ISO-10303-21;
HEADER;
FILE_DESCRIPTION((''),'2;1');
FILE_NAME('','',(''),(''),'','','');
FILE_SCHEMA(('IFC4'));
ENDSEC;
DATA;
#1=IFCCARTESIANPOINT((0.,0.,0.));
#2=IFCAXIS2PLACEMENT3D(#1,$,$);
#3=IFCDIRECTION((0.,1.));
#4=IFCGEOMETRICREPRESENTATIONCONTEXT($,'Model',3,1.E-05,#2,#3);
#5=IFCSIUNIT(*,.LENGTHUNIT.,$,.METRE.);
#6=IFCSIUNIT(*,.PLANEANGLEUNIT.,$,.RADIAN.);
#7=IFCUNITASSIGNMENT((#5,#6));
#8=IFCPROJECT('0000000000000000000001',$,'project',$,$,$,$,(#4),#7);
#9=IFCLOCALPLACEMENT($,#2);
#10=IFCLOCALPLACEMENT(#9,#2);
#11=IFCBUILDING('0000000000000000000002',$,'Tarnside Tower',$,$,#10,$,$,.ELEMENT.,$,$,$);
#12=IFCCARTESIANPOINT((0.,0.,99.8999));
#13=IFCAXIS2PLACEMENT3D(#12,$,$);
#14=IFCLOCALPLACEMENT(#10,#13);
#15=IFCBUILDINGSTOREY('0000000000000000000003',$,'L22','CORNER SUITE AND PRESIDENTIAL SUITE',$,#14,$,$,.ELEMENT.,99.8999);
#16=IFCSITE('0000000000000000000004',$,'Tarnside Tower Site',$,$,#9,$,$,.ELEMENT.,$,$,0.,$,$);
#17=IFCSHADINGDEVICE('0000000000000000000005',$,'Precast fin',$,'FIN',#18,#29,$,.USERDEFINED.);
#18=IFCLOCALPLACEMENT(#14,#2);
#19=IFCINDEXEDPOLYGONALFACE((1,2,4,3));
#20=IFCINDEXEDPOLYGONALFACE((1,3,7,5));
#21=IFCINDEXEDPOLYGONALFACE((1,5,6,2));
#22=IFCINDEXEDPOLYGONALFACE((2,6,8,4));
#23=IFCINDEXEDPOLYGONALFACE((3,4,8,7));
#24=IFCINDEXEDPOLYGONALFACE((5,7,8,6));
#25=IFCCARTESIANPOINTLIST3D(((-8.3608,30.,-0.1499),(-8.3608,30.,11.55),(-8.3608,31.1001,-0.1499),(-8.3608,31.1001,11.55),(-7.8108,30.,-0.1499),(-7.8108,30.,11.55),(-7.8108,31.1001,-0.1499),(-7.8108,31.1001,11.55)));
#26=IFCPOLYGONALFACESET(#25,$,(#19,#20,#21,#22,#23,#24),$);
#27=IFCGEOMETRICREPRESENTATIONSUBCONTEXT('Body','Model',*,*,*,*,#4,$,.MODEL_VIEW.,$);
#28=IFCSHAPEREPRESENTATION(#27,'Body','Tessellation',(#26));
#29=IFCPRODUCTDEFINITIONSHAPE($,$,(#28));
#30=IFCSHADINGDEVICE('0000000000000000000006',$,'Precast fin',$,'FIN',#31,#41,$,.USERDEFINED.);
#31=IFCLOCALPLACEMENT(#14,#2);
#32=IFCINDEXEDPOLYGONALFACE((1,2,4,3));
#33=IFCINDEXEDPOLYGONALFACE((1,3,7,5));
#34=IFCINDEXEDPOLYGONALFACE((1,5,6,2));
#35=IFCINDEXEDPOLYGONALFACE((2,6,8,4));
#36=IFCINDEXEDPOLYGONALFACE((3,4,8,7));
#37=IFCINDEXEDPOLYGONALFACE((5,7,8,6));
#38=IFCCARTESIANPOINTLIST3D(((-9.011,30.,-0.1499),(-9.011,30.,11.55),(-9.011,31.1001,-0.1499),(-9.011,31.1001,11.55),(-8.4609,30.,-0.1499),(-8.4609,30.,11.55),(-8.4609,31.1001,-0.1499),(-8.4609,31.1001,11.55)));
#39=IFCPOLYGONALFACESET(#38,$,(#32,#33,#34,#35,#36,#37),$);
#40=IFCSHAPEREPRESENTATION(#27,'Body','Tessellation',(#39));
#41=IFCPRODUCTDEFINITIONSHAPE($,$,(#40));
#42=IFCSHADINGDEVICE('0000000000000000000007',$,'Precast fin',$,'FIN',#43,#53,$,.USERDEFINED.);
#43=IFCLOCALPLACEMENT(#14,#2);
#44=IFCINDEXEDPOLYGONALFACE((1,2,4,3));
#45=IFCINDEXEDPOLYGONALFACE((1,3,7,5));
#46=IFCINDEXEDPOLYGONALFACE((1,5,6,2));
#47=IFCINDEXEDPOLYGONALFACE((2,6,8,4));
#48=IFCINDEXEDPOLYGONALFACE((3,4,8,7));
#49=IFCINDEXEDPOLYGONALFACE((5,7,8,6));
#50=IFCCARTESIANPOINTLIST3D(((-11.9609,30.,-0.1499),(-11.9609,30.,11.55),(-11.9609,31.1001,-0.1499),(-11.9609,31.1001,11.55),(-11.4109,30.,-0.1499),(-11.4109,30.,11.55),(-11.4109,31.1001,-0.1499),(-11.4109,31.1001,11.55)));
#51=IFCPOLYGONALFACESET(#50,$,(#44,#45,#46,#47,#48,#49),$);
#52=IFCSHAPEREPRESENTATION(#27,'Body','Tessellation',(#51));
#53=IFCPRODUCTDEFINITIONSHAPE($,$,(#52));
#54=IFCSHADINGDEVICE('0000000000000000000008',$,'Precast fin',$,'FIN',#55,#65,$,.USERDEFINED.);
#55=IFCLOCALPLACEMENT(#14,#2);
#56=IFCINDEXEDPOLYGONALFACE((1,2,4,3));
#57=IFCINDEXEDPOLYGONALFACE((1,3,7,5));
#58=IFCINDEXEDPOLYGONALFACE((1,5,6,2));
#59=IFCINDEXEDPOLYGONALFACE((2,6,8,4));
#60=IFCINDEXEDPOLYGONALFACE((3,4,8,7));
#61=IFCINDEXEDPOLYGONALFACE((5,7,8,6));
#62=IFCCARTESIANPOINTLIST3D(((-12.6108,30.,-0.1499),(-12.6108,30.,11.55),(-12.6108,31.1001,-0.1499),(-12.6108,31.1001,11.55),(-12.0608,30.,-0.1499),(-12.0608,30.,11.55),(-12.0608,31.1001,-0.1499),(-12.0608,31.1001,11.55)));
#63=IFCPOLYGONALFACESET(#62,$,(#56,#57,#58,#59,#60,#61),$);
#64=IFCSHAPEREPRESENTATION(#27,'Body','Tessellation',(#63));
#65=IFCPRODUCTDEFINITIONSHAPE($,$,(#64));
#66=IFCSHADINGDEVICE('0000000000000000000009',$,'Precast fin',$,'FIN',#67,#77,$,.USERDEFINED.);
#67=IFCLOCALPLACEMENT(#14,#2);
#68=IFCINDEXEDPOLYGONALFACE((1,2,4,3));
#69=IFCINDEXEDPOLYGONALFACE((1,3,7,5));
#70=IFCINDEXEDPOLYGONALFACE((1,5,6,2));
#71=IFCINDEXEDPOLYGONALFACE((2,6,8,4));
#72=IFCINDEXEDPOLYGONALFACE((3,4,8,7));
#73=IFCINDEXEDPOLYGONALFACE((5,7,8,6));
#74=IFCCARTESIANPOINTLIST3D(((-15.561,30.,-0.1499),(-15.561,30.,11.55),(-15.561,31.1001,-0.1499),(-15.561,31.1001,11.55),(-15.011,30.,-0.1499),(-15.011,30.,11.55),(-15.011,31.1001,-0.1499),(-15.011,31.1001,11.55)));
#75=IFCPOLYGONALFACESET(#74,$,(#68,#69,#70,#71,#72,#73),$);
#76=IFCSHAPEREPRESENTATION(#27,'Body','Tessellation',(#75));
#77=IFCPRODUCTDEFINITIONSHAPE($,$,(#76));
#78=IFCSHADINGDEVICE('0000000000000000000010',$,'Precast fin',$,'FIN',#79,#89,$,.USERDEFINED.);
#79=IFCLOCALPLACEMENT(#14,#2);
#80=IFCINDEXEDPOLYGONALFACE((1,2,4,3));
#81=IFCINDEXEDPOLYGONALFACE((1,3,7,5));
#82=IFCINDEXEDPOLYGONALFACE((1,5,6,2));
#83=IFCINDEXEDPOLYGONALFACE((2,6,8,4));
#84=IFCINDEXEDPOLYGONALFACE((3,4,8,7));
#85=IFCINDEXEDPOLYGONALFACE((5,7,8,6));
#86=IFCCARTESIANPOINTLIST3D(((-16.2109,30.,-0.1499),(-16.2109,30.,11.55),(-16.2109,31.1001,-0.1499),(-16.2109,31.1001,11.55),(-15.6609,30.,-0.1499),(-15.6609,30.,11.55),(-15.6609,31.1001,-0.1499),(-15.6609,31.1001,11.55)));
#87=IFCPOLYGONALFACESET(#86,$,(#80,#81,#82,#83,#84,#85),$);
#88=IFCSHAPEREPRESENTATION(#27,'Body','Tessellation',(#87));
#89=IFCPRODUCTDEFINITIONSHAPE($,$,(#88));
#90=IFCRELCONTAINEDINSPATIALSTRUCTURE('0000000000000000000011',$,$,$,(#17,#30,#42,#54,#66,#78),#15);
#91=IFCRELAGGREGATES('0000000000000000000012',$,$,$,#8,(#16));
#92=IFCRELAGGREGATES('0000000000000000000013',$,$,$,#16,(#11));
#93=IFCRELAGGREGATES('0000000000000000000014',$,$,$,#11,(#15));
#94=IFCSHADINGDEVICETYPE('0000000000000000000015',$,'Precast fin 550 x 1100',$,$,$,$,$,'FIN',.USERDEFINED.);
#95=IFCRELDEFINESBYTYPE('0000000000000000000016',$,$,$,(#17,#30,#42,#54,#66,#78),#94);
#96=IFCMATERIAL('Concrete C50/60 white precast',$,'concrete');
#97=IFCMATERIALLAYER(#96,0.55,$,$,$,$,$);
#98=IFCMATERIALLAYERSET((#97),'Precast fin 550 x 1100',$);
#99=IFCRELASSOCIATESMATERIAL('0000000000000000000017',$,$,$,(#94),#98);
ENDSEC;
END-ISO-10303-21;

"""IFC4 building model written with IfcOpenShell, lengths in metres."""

from ifc_helpers import new_model, si_unit, direction, frame, origin, place, context, subcontext, project, spatial, polyline, outline, extrude, material, layer, layer_set, type_object, element, save


model = new_model("IFC4")

# Units and contexts
model_context = context("Model", 3, precision=1e-05, world=origin(), true_north=direction((0.0, 1.0)))
body_context = subcontext(model_context, "Body", "Model", "MODEL_VIEW")
ifc_project = project(units=[si_unit("LENGTHUNIT", "METRE"), si_unit("PLANEANGLEUNIT", "RADIAN")], contexts=[model_context])

# Site, building, storey
site_placement = place(None, origin())
site = spatial("IfcSite", under=ifc_project, at=site_placement, Name="Tarnside Tower Site", CompositionType="ELEMENT", RefElevation=0.0)
building_placement = place(site_placement, origin())
building = spatial("IfcBuilding", under=site, at=building_placement, Name="Tarnside Tower", CompositionType="ELEMENT")
storey_placement = place(building_placement, frame((0.0, 0.0, 99.8999)))
storey = spatial("IfcBuildingStorey", under=building, at=storey_placement, Name="L22", Description="CORNER SUITE AND PRESIDENTIAL SUITE", CompositionType="ELEMENT", Elevation=99.8999)

# Shading devices
ifc_material_1 = material(Name="Concrete C50/60 white precast", Category="concrete")
ifc_layer_1 = layer(ifc_material_1, 0.55)
ifc_layer_set_1 = layer_set([ifc_layer_1], Name="Precast fin 550 x 1100")
shading_device_type = type_object("IfcShadingDeviceType", Name="Precast fin 550 x 1100", ElementType="FIN", PredefinedType="USERDEFINED", material=ifc_layer_set_1)
for number, where, z_axis, x_axis, name in (
    (1, (-8.0859, 30.0, -0.1499), (1.0, 0.0, 0.0), (0.0, 1.0, 0.0), "Precast fin"),
    (2, (-8.7361, 30.0, -0.1499), (1.0, 0.0, 0.0), (0.0, 1.0, 0.0), "Precast fin"),
    (3, (-11.686, 30.0, -0.1499), (1.0, 0.0, 0.0), (0.0, 1.0, 0.0), "Precast fin"),
    (4, (-12.3359, 30.0, -0.1499), (1.0, 0.0, 0.0), (0.0, 1.0, 0.0), "Precast fin"),
    (5, (-15.2861, 30.0, -0.1499), (1.0, 0.0, 0.0), (0.0, 1.0, 0.0), "Precast fin"),
    (6, (-15.936, 30.0, -0.1499), (1.0, 0.0, 0.0), (0.0, 1.0, 0.0), "Precast fin"),
):
    element("IfcShadingDevice", number, at=place(storey_placement, frame(where, z_axis=z_axis, x_axis=x_axis)), inside=storey, type_object=shading_device_type, Name=name, ObjectType="FIN", PredefinedType="USERDEFINED", context=body_context, shape_type="SweptSolid", body=[
        extrude(outline(polyline([(0.0, 0.0), (1.1001, 0.0), (1.1001, 11.7), (0.0, 11.7), (0.0, 0.0)])), frame((0.0, 0.0, -0.2749)), (0.0, 0.0, 1.0), 0.55),
    ])

save(model, "model.ifc")
